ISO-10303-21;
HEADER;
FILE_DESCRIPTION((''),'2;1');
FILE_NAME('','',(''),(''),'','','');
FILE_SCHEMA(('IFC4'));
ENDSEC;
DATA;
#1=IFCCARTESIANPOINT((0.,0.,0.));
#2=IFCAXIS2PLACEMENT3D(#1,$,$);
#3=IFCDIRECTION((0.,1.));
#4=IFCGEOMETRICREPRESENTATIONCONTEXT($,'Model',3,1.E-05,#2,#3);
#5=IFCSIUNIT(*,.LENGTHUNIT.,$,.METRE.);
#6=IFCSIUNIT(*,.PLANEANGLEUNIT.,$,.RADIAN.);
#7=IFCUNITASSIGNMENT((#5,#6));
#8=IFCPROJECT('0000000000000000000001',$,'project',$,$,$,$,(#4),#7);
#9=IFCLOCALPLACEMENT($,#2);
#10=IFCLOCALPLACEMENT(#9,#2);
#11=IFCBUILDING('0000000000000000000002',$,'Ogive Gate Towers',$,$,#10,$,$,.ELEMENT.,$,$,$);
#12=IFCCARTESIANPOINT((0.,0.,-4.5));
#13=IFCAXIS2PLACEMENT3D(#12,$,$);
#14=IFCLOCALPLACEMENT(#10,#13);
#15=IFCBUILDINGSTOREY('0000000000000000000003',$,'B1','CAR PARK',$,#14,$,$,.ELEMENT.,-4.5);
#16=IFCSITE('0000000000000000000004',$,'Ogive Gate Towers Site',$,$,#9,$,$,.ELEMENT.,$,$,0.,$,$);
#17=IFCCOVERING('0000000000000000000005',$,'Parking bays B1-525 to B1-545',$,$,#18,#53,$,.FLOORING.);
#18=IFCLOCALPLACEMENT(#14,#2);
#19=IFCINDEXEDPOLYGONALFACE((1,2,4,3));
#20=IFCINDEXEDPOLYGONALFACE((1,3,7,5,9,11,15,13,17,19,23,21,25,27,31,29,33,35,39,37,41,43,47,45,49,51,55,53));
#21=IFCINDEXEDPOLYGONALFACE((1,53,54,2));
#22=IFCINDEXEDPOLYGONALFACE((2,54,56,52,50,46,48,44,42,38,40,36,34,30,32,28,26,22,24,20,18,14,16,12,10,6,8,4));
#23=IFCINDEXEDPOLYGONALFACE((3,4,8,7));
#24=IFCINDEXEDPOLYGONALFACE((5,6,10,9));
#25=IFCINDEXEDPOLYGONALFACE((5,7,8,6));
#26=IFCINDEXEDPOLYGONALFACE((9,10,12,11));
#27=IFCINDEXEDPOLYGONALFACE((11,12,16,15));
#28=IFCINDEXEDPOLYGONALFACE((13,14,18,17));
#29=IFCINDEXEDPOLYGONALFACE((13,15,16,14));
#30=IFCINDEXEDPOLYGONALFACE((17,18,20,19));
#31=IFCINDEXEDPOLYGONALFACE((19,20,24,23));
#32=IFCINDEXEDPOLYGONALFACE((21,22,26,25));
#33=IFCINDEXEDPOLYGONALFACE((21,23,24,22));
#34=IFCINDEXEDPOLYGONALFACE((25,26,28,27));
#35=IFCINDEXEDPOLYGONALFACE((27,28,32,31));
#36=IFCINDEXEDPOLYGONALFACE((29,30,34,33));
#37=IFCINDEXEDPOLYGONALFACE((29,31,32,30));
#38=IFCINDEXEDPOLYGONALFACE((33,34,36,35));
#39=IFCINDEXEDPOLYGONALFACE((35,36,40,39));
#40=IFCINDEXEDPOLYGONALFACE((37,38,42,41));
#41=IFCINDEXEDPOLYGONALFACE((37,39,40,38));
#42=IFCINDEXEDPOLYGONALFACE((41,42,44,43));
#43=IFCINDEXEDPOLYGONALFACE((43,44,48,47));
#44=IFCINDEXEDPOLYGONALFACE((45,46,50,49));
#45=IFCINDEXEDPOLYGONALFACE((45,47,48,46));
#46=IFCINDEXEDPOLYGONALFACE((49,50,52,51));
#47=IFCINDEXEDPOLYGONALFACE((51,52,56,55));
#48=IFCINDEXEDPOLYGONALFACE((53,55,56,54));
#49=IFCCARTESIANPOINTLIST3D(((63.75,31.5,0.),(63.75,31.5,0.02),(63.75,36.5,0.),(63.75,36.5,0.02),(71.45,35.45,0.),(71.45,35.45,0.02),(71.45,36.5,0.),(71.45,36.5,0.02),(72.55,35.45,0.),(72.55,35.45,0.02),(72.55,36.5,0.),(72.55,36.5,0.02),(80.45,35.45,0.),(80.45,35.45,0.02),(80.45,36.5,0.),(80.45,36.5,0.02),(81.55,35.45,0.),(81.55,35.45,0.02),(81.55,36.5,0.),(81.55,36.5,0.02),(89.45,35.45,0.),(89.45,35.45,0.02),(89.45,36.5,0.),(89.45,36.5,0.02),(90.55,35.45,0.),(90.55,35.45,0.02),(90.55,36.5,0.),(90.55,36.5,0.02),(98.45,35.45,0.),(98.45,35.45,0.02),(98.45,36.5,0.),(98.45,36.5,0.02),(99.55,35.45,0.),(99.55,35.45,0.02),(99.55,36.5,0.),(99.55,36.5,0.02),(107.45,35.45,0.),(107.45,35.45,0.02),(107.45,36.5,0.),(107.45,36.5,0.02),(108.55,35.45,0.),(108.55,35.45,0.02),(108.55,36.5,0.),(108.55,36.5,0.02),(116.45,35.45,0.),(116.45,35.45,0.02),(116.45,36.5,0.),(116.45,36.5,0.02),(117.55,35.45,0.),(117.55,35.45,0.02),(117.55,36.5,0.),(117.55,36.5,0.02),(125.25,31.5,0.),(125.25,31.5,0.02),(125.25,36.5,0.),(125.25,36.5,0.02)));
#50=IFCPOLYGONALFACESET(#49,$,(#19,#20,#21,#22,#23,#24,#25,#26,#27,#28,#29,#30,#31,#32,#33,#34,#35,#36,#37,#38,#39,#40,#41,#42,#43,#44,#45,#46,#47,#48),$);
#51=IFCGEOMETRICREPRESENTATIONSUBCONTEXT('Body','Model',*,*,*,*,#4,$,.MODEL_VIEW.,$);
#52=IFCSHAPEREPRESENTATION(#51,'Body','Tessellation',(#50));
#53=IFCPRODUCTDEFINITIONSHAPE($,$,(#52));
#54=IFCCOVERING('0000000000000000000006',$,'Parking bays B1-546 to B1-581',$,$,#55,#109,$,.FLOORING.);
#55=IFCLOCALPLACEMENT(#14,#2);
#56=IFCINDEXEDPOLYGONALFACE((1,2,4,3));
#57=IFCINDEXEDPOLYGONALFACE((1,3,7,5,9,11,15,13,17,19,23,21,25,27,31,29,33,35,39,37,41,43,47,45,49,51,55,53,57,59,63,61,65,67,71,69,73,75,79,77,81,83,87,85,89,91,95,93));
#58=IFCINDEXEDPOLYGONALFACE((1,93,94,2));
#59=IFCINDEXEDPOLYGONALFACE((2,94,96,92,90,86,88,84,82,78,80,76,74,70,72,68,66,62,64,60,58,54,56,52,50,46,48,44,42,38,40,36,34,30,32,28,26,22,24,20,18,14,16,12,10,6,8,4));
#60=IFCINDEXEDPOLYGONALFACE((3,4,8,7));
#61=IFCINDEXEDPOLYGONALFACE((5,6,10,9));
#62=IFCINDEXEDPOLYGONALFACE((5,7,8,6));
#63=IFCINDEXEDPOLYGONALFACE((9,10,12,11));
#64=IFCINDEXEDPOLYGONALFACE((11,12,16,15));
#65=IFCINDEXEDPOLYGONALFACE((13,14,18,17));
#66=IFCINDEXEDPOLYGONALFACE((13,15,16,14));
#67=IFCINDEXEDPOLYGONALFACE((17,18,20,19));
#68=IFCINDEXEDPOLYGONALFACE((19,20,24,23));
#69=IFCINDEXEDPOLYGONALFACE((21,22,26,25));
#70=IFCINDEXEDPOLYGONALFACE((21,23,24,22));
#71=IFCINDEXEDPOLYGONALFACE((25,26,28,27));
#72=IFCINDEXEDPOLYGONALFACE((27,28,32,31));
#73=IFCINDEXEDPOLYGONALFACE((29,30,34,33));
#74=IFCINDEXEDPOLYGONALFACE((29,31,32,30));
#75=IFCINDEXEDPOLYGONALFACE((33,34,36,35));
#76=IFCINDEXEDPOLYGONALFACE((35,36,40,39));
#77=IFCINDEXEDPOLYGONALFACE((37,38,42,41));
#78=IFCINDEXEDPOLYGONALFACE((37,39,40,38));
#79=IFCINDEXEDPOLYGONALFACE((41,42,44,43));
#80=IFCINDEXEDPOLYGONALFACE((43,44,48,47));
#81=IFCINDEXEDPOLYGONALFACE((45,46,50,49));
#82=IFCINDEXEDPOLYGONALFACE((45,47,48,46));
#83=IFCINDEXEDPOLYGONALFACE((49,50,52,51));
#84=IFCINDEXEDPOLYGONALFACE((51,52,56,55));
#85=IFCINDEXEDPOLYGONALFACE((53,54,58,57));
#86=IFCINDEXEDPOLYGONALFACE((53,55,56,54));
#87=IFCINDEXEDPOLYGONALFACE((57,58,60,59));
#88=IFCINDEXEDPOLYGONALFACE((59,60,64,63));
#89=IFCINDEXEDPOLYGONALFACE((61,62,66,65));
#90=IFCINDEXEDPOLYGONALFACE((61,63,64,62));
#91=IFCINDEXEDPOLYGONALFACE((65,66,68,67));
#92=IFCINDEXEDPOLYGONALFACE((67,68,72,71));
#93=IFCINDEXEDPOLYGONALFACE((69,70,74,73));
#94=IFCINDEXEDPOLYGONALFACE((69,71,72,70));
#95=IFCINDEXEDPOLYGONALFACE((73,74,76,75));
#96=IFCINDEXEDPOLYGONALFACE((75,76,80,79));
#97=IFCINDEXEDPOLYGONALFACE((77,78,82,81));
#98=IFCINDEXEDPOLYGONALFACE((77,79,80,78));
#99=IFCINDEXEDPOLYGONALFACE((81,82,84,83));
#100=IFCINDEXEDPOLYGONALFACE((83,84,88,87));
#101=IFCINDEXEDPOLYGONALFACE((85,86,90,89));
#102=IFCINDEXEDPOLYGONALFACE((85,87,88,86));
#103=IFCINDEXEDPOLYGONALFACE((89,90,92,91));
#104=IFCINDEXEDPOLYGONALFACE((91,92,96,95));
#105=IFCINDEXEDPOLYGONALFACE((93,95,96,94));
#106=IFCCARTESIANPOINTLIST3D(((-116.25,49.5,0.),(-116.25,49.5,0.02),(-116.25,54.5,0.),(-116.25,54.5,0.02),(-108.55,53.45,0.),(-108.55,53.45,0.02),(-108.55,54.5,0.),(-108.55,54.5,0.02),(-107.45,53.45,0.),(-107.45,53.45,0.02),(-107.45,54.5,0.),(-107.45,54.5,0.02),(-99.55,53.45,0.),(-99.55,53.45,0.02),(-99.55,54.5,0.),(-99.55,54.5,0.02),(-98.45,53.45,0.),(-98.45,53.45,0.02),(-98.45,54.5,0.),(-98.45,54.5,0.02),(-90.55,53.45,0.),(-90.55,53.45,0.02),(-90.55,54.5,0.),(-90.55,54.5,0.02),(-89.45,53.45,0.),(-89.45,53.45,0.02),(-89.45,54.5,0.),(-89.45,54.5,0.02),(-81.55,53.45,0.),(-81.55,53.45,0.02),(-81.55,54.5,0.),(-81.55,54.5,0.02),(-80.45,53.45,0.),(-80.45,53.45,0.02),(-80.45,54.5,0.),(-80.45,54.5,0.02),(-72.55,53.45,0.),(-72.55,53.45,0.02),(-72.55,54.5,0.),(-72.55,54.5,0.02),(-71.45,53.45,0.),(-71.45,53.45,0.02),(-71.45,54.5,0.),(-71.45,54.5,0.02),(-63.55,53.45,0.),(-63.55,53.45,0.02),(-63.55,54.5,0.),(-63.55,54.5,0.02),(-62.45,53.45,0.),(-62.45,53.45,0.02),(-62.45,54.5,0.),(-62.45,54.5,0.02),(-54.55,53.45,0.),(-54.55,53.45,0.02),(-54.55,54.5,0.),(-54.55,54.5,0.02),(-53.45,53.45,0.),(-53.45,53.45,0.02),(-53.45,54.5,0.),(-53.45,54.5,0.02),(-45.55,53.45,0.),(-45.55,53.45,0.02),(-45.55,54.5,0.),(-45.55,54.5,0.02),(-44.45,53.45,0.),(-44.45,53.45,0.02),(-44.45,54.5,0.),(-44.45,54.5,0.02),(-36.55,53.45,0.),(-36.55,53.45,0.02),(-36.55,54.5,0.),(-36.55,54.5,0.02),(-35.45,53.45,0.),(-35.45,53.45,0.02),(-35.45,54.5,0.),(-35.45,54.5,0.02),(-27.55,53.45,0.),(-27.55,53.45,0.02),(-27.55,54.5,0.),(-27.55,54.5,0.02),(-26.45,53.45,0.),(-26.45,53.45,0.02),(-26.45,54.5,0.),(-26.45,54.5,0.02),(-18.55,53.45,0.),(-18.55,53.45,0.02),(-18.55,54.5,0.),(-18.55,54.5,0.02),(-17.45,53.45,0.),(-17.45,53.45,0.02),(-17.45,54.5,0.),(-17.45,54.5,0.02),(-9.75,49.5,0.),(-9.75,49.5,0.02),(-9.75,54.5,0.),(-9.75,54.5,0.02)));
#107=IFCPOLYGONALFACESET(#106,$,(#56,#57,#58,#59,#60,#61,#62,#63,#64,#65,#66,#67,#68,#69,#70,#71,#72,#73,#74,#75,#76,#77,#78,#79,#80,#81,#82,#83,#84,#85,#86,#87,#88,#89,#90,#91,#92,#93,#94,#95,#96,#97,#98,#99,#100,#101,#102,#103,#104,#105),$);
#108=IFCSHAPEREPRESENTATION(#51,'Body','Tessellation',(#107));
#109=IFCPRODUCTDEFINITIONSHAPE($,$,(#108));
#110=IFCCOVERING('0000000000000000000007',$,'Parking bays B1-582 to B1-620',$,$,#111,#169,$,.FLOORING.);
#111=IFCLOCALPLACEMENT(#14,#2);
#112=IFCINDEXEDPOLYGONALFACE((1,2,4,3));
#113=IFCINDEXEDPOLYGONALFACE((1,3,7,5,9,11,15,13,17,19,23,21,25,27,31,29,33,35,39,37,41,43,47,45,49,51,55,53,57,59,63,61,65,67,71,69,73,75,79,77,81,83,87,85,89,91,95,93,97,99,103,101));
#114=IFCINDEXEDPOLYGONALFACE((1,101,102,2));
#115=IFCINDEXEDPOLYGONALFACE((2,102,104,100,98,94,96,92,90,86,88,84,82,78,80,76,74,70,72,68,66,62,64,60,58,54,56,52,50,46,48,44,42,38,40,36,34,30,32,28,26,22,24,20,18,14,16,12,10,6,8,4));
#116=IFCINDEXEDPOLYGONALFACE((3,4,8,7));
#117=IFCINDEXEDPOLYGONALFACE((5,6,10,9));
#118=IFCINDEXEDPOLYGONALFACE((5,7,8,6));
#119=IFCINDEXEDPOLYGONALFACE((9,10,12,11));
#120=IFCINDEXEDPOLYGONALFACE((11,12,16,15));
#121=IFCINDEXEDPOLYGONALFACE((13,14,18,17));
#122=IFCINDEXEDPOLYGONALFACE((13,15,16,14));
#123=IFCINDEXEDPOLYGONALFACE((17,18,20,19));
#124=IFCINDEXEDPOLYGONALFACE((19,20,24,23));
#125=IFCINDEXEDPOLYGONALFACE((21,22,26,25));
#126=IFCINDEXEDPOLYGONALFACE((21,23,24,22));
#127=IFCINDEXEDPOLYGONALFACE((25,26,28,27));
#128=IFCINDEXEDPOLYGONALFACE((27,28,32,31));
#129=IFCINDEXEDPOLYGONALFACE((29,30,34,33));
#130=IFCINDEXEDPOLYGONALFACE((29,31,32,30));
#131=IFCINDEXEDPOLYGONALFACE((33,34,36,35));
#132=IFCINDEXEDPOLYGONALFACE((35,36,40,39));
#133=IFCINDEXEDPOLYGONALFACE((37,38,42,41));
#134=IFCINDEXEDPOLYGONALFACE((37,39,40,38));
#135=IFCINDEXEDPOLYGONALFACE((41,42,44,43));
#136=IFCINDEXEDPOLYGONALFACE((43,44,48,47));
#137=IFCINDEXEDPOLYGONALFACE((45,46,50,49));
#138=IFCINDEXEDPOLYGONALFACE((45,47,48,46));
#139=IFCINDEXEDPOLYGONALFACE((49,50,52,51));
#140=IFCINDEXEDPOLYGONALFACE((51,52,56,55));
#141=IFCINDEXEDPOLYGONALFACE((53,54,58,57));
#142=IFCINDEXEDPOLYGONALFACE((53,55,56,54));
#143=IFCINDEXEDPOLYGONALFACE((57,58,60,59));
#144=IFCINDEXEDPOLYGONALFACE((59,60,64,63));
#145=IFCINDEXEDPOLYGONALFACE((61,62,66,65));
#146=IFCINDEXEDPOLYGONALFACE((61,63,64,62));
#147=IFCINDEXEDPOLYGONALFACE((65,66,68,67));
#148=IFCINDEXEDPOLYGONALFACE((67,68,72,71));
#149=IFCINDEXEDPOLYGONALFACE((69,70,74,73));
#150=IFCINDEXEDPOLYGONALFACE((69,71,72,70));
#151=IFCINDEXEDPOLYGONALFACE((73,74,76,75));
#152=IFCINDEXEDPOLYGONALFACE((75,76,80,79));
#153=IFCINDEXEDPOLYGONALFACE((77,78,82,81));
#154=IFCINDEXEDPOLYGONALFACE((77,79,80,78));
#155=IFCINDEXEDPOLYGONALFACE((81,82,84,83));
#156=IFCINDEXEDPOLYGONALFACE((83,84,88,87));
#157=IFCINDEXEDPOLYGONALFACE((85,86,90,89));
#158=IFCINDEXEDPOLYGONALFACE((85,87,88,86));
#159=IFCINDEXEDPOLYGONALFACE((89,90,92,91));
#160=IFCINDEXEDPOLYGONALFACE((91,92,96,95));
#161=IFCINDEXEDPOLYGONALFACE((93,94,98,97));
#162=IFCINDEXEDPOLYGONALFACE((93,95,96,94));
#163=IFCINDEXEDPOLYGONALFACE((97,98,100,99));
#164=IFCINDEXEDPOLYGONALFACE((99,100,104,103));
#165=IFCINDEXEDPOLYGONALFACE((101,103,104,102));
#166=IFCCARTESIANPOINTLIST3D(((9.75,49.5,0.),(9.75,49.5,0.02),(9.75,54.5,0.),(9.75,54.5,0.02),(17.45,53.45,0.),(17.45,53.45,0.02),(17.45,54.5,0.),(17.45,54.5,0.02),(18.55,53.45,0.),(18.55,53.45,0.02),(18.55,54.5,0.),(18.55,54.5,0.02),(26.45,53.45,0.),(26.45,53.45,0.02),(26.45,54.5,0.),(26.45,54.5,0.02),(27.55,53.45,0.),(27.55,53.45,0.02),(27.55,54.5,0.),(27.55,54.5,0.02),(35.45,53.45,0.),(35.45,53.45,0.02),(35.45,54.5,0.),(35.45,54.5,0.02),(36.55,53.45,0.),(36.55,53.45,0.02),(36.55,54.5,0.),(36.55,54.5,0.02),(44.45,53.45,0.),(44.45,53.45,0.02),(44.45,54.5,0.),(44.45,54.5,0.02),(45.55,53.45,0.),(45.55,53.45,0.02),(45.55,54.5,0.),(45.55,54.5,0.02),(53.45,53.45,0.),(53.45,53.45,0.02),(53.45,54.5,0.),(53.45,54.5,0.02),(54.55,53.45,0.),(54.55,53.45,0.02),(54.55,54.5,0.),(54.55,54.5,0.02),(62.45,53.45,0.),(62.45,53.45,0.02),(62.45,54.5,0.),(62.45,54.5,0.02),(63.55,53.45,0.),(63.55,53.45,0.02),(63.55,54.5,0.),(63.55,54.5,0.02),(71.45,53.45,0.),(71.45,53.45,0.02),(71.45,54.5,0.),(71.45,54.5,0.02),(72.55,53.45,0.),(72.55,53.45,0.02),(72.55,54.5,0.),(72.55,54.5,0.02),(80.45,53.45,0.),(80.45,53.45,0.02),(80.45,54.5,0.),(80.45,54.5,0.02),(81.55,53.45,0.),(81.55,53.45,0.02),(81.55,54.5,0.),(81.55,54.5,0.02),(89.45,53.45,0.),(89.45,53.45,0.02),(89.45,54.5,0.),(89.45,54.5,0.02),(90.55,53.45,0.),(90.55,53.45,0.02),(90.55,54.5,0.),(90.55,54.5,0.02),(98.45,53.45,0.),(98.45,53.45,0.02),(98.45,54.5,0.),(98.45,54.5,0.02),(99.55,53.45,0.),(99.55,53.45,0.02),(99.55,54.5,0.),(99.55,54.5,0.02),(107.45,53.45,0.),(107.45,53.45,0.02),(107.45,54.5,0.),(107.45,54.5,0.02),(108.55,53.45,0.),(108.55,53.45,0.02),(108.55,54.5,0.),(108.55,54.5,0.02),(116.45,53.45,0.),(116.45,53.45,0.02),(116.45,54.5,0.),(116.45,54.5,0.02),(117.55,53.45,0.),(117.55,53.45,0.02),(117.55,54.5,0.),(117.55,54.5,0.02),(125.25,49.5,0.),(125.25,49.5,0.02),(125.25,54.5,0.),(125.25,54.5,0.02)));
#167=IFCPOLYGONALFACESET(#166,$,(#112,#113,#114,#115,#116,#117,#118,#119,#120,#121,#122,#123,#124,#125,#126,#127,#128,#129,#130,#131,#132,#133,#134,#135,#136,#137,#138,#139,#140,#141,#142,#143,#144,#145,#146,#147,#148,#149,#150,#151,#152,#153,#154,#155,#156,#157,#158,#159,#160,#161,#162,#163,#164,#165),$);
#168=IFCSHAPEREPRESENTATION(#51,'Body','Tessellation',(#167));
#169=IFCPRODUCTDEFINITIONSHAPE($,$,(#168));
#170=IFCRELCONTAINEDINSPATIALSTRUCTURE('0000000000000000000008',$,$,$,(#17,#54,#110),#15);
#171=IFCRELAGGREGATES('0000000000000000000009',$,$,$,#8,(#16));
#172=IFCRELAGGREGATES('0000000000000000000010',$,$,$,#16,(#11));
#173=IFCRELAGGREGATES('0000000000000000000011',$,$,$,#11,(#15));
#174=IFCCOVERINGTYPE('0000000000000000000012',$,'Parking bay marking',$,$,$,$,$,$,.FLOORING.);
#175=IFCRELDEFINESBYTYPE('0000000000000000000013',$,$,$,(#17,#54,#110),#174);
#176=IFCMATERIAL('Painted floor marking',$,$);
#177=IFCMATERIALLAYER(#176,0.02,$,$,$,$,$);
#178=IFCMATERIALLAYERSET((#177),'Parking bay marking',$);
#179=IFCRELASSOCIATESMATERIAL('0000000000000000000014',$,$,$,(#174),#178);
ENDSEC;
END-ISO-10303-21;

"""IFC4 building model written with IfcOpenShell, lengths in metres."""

from ifc_helpers import new_model, si_unit, direction, frame, origin, place, context, subcontext, project, spatial, polyline, outline, extrude, material, layer, layer_set, type_object, element, save


model = new_model("IFC4")

# Units and contexts
model_context = context("Model", 3, precision=1e-05, world=origin(), true_north=direction((0.0, 1.0)))
body_context = subcontext(model_context, "Body", "Model", "MODEL_VIEW")
ifc_project = project(units=[si_unit("LENGTHUNIT", "METRE"), si_unit("PLANEANGLEUNIT", "RADIAN")], contexts=[model_context])

# Site, building, storey
site_placement = place(None, origin())
site = spatial("IfcSite", under=ifc_project, at=site_placement, Name="Ogive Gate Towers Site", CompositionType="ELEMENT", RefElevation=0.0)
building_placement = place(site_placement, origin())
building = spatial("IfcBuilding", under=site, at=building_placement, Name="Ogive Gate Towers", CompositionType="ELEMENT")
storey_placement = place(building_placement, frame((0.0, 0.0, -4.5)))
storey = spatial("IfcBuildingStorey", under=building, at=storey_placement, Name="B1", Description="CAR PARK", CompositionType="ELEMENT", Elevation=-4.5)

# Coverings
ifc_material_1 = material(Name="Painted floor marking")
ifc_layer_1 = layer(ifc_material_1, 0.02)
ifc_layer_set_1 = layer_set([ifc_layer_1], Name="Parking bay marking")
covering_type_1 = type_object("IfcCoveringType", Name="Parking bay marking", PredefinedType="FLOORING", material=ifc_layer_set_1)
covering_1_placement = place(storey_placement, origin())
element("IfcCovering", 1, at=covering_1_placement, inside=storey, type_object=covering_type_1, Name="Parking bays B1-525 to B1-545", PredefinedType="FLOORING", context=body_context, shape_type="SweptSolid", body=[
    extrude(outline(polyline([(63.75, 36.5), (71.45, 36.5), (71.45, 35.45), (72.55, 35.45), (72.55, 36.5), (80.45, 36.5), (80.45, 35.45), (81.55, 35.45), (81.55, 36.5), (89.45, 36.5), (89.45, 35.45), (90.55, 35.45), (90.55, 36.5), (98.45, 36.5), (98.45, 35.45), (99.55, 35.45), (99.55, 36.5), (107.45, 36.5), (107.45, 35.45), (108.55, 35.45), (108.55, 36.5), (116.45, 36.5), (116.45, 35.45), (117.55, 35.45), (117.55, 36.5), (125.25, 36.5), (125.25, 31.5), (63.75, 31.5), (63.75, 36.5)])), origin(), (0.0, 0.0, 1.0), 0.02),
])
covering_2_placement = place(storey_placement, origin())
element("IfcCovering", 2, at=covering_2_placement, inside=storey, type_object=covering_type_1, Name="Parking bays B1-546 to B1-581", PredefinedType="FLOORING", context=body_context, shape_type="SweptSolid", body=[
    extrude(outline(polyline([(-108.55, 54.5), (-108.55, 53.45), (-107.45, 53.45), (-107.45, 54.5), (-99.55, 54.5), (-99.55, 53.45), (-98.45, 53.45), (-98.45, 54.5), (-90.55, 54.5), (-90.55, 53.45), (-89.45, 53.45), (-89.45, 54.5), (-81.55, 54.5), (-81.55, 53.45), (-80.45, 53.45), (-80.45, 54.5), (-72.55, 54.5), (-72.55, 53.45), (-71.45, 53.45), (-71.45, 54.5), (-63.55, 54.5), (-63.55, 53.45), (-62.45, 53.45), (-62.45, 54.5), (-54.55, 54.5), (-54.55, 53.45), (-53.45, 53.45), (-53.45, 54.5), (-45.55, 54.5), (-45.55, 53.45), (-44.45, 53.45), (-44.45, 54.5), (-36.55, 54.5), (-36.55, 53.45), (-35.45, 53.45), (-35.45, 54.5), (-27.55, 54.5), (-27.55, 53.45), (-26.45, 53.45), (-26.45, 54.5), (-18.55, 54.5), (-18.55, 53.45), (-17.45, 53.45), (-17.45, 54.5), (-9.75, 54.5), (-9.75, 49.5), (-116.25, 49.5), (-116.25, 54.5), (-108.55, 54.5)])), origin(), (0.0, 0.0, 1.0), 0.02),
])
covering_3_placement = place(storey_placement, origin())
element("IfcCovering", 3, at=covering_3_placement, inside=storey, type_object=covering_type_1, Name="Parking bays B1-582 to B1-620", PredefinedType="FLOORING", context=body_context, shape_type="SweptSolid", body=[
    extrude(outline(polyline([(9.75, 54.5), (17.45, 54.5), (17.45, 53.45), (18.55, 53.45), (18.55, 54.5), (26.45, 54.5), (26.45, 53.45), (27.55, 53.45), (27.55, 54.5), (35.45, 54.5), (35.45, 53.45), (36.55, 53.45), (36.55, 54.5), (44.45, 54.5), (44.45, 53.45), (45.55, 53.45), (45.55, 54.5), (53.45, 54.5), (53.45, 53.45), (54.55, 53.45), (54.55, 54.5), (62.45, 54.5), (62.45, 53.45), (63.55, 53.45), (63.55, 54.5), (71.45, 54.5), (71.45, 53.45), (72.55, 53.45), (72.55, 54.5), (80.45, 54.5), (80.45, 53.45), (81.55, 53.45), (81.55, 54.5), (89.45, 54.5), (89.45, 53.45), (90.55, 53.45), (90.55, 54.5), (98.45, 54.5), (98.45, 53.45), (99.55, 53.45), (99.55, 54.5), (107.45, 54.5), (107.45, 53.45), (108.55, 53.45), (108.55, 54.5), (116.45, 54.5), (116.45, 53.45), (117.55, 53.45), (117.55, 54.5), (125.25, 54.5), (125.25, 49.5), (9.75, 49.5), (9.75, 54.5)])), origin(), (0.0, 0.0, 1.0), 0.02),
])

save(model, "model.ifc")
